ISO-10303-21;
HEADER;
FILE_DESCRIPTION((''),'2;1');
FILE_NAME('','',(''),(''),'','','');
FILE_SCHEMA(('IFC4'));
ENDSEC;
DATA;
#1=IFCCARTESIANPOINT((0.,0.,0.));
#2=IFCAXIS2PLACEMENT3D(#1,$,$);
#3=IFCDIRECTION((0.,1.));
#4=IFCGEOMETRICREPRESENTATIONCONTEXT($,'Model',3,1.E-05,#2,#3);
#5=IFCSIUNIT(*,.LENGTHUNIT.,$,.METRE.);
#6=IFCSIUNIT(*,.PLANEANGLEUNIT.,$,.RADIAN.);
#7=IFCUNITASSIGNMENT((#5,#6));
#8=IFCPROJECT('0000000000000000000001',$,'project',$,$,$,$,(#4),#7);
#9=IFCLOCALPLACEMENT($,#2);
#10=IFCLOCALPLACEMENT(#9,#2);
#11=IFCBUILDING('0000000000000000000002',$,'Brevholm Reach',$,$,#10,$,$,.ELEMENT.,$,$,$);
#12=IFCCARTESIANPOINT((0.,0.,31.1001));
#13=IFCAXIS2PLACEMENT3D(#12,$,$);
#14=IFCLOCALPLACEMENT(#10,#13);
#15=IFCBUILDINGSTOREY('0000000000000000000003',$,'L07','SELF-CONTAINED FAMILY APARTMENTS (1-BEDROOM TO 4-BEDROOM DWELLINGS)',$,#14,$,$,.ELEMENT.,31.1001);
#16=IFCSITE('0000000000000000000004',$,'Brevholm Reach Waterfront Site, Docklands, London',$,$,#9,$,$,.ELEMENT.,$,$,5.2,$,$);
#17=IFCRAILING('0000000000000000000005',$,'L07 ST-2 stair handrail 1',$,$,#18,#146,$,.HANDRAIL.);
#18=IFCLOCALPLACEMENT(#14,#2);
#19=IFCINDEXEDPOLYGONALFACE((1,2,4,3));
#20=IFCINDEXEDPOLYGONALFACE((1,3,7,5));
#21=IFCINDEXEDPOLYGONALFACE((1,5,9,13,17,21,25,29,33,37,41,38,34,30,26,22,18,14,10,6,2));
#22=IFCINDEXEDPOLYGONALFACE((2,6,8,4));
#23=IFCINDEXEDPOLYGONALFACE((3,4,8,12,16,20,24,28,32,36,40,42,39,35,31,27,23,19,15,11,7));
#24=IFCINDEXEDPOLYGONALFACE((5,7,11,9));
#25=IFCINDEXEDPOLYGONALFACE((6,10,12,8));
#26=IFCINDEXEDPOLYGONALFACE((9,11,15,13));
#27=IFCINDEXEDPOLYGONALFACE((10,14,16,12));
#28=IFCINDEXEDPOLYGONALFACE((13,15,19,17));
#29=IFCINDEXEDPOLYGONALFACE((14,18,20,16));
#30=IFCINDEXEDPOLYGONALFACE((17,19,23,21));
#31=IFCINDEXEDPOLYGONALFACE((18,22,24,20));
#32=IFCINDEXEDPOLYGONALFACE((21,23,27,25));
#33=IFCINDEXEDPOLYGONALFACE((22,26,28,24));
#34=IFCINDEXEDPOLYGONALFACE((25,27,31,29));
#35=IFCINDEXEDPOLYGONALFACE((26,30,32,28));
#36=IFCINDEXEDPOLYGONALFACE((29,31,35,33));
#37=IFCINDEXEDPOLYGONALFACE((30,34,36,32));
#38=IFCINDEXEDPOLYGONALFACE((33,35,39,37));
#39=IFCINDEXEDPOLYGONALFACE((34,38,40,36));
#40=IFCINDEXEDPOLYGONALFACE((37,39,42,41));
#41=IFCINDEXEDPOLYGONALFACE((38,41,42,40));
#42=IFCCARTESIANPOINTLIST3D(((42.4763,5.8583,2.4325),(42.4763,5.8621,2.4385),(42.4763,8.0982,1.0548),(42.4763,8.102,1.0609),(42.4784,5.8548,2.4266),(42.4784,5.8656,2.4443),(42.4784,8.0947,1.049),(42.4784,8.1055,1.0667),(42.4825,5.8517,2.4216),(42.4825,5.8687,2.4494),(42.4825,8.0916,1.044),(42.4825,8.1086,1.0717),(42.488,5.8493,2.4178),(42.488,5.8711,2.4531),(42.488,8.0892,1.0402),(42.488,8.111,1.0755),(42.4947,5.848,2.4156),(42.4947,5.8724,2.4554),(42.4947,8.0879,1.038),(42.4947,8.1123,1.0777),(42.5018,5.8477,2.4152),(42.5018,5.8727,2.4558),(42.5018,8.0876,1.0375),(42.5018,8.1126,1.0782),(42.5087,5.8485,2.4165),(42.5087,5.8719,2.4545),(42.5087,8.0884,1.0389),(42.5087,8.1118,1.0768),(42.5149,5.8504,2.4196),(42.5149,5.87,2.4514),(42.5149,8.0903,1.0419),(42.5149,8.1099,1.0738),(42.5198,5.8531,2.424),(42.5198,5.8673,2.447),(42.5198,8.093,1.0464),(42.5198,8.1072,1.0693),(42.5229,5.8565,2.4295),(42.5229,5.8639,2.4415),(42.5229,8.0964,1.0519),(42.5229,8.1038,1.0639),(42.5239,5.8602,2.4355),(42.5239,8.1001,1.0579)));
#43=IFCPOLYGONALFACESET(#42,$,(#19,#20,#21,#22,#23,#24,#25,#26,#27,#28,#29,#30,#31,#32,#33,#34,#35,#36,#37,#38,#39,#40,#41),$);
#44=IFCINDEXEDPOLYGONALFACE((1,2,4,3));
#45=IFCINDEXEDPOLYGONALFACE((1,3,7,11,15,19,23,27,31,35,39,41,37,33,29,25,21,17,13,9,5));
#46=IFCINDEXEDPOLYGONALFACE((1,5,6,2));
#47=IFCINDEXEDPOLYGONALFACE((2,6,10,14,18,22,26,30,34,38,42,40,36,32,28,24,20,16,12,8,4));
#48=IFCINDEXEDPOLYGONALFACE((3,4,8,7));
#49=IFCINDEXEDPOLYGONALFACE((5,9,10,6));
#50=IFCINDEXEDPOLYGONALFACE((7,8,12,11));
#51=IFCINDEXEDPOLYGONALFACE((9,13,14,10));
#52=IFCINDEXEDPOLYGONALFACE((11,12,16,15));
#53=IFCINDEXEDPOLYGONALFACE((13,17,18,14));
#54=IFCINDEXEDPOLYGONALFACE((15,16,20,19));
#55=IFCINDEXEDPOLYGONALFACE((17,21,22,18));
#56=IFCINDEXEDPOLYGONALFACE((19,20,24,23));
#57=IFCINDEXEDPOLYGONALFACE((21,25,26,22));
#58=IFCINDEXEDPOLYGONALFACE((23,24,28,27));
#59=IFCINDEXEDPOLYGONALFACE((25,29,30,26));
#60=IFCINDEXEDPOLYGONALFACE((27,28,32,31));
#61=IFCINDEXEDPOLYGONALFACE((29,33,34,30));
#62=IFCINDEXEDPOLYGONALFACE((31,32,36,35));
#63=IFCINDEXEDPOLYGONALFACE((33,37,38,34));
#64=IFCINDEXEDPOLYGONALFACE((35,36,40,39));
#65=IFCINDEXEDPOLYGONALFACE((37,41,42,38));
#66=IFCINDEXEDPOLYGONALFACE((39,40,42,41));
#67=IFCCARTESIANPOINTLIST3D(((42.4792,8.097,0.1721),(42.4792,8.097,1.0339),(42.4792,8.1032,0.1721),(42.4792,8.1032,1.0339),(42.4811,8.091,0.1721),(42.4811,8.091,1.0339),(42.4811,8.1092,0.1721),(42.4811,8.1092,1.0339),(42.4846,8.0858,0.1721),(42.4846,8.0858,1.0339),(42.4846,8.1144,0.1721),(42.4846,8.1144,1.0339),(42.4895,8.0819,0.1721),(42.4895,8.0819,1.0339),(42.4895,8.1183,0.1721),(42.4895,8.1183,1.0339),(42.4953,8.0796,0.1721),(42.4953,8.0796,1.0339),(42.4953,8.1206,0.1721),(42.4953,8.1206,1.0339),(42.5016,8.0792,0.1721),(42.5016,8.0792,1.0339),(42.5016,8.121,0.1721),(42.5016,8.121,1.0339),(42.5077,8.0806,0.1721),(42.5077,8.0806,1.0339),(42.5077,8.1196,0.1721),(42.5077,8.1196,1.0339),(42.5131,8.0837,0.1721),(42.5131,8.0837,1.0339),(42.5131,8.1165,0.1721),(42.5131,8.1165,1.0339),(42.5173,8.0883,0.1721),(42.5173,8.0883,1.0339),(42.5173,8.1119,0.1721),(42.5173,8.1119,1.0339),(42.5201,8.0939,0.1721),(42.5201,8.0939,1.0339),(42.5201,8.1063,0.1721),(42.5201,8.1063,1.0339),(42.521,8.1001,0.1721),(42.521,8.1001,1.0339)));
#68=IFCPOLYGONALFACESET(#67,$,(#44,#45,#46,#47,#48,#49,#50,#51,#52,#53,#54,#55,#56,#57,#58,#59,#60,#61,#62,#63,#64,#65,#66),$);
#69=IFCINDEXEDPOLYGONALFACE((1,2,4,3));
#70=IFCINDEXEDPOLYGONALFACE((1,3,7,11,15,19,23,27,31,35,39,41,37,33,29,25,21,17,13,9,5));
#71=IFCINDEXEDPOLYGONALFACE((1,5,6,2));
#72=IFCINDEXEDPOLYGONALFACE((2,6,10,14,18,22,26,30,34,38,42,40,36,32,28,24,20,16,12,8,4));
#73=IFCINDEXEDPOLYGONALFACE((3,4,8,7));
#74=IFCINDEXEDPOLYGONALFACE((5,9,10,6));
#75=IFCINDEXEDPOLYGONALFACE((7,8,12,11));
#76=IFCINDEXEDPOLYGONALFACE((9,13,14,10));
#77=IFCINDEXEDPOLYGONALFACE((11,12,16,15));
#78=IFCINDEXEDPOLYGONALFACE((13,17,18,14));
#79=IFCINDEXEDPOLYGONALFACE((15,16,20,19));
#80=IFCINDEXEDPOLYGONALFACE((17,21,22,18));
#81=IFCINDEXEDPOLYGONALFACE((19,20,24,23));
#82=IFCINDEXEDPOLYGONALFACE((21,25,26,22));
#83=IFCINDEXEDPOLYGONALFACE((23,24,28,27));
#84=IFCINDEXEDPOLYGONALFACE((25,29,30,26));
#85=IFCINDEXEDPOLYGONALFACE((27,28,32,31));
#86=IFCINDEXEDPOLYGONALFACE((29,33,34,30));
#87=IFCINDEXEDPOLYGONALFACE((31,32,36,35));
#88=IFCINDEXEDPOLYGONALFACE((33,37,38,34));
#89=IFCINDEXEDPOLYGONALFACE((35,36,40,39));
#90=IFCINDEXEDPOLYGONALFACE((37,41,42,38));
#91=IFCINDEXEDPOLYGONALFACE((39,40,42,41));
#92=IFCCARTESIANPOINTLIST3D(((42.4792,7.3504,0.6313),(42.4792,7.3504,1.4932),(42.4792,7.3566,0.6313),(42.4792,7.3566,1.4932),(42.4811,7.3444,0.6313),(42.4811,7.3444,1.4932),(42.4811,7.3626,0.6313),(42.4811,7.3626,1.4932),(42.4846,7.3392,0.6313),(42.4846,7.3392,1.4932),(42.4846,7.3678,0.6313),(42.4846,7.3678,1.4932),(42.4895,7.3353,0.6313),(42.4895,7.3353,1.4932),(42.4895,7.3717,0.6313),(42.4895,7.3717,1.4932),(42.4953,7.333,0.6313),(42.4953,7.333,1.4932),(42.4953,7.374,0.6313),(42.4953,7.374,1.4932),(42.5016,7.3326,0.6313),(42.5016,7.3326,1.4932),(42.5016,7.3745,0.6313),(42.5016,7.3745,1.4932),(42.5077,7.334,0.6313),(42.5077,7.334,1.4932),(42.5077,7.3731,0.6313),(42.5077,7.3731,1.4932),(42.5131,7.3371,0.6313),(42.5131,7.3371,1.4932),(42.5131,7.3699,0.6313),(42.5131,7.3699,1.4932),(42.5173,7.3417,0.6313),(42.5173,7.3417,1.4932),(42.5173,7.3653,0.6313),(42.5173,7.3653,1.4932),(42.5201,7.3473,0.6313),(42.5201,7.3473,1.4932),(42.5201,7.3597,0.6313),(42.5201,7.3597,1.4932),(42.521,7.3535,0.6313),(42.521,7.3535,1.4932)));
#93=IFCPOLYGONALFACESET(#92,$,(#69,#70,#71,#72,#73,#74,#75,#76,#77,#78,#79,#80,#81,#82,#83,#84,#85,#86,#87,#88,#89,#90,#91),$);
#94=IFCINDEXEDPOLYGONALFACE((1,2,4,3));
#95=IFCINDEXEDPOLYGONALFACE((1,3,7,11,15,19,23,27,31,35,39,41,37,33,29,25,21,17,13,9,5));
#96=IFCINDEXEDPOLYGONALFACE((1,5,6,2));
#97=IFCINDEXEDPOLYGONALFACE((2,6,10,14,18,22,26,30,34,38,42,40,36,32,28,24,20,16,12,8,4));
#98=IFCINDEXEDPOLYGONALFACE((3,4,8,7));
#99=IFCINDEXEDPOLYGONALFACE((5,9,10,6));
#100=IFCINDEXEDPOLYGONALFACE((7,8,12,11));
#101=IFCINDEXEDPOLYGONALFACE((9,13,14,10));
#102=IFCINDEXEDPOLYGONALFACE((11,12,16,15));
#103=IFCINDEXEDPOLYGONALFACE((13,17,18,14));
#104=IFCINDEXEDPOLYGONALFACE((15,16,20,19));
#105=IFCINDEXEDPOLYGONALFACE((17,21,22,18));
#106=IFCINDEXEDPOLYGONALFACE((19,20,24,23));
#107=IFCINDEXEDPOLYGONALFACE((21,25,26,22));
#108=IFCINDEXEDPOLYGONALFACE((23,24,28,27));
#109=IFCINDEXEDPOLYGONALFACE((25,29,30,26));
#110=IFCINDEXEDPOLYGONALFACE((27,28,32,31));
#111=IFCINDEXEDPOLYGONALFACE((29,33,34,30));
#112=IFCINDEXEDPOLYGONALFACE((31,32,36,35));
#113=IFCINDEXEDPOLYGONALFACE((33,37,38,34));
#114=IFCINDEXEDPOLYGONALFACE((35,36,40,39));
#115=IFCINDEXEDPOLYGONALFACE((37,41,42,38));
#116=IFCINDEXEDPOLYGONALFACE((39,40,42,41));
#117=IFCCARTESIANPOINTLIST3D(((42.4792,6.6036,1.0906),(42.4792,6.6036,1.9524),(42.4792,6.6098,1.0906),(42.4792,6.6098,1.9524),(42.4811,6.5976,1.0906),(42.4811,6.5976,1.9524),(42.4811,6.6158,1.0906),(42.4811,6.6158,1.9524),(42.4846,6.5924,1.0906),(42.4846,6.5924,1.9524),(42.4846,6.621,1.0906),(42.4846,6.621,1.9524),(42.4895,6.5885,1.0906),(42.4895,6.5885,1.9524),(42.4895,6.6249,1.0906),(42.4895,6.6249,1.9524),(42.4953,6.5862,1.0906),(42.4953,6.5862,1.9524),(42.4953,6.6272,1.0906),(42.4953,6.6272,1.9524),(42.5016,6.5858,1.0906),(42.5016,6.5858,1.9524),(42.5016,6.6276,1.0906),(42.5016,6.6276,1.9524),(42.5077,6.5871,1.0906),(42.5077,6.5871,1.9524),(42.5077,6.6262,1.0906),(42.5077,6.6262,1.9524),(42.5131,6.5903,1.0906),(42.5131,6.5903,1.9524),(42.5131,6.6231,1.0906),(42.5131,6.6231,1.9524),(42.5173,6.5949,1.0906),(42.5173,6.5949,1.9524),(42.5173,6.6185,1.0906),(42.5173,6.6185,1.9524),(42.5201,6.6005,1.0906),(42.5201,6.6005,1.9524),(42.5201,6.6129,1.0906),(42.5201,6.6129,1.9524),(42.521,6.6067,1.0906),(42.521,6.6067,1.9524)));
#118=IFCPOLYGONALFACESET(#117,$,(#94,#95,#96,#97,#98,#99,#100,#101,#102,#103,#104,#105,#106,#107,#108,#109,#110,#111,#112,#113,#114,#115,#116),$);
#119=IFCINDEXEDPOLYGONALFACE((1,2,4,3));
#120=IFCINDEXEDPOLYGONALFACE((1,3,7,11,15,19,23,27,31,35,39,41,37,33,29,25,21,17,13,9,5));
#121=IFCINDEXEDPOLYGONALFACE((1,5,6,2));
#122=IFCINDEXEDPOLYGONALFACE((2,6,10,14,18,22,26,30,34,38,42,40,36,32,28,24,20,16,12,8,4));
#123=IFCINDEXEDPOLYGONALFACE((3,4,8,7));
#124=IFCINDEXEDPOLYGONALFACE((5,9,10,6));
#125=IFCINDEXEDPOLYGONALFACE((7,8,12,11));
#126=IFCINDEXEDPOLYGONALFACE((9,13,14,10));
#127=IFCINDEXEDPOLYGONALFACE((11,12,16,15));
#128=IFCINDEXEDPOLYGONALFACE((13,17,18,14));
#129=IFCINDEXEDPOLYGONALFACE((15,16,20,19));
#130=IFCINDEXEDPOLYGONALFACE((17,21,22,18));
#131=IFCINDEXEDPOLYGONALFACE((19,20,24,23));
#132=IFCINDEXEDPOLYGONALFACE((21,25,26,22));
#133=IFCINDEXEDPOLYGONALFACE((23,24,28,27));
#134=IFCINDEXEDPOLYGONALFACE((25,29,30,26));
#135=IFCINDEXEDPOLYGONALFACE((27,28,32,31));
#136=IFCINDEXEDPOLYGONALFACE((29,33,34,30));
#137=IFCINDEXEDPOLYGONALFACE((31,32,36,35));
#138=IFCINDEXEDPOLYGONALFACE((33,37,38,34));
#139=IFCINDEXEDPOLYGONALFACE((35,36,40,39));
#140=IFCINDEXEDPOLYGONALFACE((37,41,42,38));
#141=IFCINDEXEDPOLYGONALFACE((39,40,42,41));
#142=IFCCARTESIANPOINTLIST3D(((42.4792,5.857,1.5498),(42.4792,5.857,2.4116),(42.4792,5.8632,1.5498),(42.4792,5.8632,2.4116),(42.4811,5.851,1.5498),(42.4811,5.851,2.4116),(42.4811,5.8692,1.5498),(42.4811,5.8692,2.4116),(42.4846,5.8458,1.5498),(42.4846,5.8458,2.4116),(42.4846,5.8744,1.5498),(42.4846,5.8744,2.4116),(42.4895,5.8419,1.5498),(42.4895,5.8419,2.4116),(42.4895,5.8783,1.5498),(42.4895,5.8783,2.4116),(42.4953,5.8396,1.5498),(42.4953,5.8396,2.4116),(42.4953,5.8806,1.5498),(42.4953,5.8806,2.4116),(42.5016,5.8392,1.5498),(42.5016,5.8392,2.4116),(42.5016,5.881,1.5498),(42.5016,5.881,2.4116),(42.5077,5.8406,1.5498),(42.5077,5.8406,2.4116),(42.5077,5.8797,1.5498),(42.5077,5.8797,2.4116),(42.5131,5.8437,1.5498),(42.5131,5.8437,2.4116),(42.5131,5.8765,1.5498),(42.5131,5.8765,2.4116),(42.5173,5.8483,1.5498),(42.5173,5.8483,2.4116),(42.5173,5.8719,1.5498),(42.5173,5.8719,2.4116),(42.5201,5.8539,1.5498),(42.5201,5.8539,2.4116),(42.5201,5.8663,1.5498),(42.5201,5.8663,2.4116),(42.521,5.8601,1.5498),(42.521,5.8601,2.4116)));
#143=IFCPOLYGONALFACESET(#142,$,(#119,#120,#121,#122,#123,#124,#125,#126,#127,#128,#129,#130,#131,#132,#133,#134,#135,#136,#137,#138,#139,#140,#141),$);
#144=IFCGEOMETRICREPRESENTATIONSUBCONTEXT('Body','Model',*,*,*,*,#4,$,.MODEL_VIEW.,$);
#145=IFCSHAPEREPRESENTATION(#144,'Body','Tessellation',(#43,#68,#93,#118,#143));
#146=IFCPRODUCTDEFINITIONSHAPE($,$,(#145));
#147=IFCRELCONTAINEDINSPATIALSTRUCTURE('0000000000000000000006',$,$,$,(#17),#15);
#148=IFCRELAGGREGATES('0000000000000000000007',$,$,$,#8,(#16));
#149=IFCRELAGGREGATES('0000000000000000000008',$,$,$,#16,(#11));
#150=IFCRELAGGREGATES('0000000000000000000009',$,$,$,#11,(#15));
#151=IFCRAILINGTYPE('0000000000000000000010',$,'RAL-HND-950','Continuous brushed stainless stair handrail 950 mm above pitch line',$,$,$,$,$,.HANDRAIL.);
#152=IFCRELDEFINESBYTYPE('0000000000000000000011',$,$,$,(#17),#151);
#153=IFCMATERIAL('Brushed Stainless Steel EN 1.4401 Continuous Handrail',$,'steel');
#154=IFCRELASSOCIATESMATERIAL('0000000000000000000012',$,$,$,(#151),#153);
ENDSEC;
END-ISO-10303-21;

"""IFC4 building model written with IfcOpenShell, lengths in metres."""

from ifc_helpers import new_model, si_unit, direction, frame, origin, origin_2d, place, context, subcontext, project, spatial, circle, extrude, material, type_object, element, save


model = new_model("IFC4")

# Units and contexts
model_context = context("Model", 3, precision=1e-05, world=origin(), true_north=direction((0.0, 1.0)))
body_context = subcontext(model_context, "Body", "Model", "MODEL_VIEW")
ifc_project = project(units=[si_unit("LENGTHUNIT", "METRE"), si_unit("PLANEANGLEUNIT", "RADIAN")], contexts=[model_context])

# Site, building, storey
site_placement = place(None, origin())
site = spatial("IfcSite", under=ifc_project, at=site_placement, Name="Brevholm Reach Waterfront Site, Docklands, London", CompositionType="ELEMENT", RefElevation=5.2)
building_placement = place(site_placement, origin())
building = spatial("IfcBuilding", under=site, at=building_placement, Name="Brevholm Reach", CompositionType="ELEMENT")
storey_placement = place(building_placement, frame((0.0, 0.0, 31.1001)))
storey = spatial("IfcBuildingStorey", under=building, at=storey_placement, Name="L07", Description="SELF-CONTAINED FAMILY APARTMENTS (1-BEDROOM TO 4-BEDROOM DWELLINGS)", CompositionType="ELEMENT", Elevation=31.1001)

# Railing
ifc_material_1 = material(Name="Brushed Stainless Steel EN 1.4401 Continuous Handrail", Category="steel")
railing_type_1 = type_object("IfcRailingType", Name="RAL-HND-950", Description="Continuous brushed stainless stair handrail 950 mm above pitch line", PredefinedType="HANDRAIL", material=ifc_material_1)
railing_1_placement = place(storey_placement, frame((42.5, 8.1001, 0.1721)))
element("IfcRailing", 1, at=railing_1_placement, inside=storey, type_object=railing_type_1, Name="L07 ST-2 stair handrail 1", PredefinedType="HANDRAIL", context=body_context, shape_type="SweptSolid", body=[
    extrude(circle(Radius=0.0239, at=origin_2d()), frame((0.0, 0.0, 0.8857), z_axis=(0.0, -0.851789, 0.523885), x_axis=(1.0, 0.0, 0.0)), (0.0, 0.0, 1.0), 2.6296),
    extrude(circle(Radius=0.021, at=origin_2d()), origin(), (0.0, 0.0, 1.0), 0.8618),
    extrude(circle(Radius=0.021, at=origin_2d()), frame((0.0, -0.7466, 0.4592)), (0.0, 0.0, 1.0), 0.8618),
    extrude(circle(Radius=0.021, at=origin_2d()), frame((0.0, -1.4934, 0.9185)), (0.0, 0.0, 1.0), 0.8618),
    extrude(circle(Radius=0.021, at=origin_2d()), frame((0.0, -2.24, 1.3777)), (0.0, 0.0, 1.0), 0.8618),
])

save(model, "model.ifc")
